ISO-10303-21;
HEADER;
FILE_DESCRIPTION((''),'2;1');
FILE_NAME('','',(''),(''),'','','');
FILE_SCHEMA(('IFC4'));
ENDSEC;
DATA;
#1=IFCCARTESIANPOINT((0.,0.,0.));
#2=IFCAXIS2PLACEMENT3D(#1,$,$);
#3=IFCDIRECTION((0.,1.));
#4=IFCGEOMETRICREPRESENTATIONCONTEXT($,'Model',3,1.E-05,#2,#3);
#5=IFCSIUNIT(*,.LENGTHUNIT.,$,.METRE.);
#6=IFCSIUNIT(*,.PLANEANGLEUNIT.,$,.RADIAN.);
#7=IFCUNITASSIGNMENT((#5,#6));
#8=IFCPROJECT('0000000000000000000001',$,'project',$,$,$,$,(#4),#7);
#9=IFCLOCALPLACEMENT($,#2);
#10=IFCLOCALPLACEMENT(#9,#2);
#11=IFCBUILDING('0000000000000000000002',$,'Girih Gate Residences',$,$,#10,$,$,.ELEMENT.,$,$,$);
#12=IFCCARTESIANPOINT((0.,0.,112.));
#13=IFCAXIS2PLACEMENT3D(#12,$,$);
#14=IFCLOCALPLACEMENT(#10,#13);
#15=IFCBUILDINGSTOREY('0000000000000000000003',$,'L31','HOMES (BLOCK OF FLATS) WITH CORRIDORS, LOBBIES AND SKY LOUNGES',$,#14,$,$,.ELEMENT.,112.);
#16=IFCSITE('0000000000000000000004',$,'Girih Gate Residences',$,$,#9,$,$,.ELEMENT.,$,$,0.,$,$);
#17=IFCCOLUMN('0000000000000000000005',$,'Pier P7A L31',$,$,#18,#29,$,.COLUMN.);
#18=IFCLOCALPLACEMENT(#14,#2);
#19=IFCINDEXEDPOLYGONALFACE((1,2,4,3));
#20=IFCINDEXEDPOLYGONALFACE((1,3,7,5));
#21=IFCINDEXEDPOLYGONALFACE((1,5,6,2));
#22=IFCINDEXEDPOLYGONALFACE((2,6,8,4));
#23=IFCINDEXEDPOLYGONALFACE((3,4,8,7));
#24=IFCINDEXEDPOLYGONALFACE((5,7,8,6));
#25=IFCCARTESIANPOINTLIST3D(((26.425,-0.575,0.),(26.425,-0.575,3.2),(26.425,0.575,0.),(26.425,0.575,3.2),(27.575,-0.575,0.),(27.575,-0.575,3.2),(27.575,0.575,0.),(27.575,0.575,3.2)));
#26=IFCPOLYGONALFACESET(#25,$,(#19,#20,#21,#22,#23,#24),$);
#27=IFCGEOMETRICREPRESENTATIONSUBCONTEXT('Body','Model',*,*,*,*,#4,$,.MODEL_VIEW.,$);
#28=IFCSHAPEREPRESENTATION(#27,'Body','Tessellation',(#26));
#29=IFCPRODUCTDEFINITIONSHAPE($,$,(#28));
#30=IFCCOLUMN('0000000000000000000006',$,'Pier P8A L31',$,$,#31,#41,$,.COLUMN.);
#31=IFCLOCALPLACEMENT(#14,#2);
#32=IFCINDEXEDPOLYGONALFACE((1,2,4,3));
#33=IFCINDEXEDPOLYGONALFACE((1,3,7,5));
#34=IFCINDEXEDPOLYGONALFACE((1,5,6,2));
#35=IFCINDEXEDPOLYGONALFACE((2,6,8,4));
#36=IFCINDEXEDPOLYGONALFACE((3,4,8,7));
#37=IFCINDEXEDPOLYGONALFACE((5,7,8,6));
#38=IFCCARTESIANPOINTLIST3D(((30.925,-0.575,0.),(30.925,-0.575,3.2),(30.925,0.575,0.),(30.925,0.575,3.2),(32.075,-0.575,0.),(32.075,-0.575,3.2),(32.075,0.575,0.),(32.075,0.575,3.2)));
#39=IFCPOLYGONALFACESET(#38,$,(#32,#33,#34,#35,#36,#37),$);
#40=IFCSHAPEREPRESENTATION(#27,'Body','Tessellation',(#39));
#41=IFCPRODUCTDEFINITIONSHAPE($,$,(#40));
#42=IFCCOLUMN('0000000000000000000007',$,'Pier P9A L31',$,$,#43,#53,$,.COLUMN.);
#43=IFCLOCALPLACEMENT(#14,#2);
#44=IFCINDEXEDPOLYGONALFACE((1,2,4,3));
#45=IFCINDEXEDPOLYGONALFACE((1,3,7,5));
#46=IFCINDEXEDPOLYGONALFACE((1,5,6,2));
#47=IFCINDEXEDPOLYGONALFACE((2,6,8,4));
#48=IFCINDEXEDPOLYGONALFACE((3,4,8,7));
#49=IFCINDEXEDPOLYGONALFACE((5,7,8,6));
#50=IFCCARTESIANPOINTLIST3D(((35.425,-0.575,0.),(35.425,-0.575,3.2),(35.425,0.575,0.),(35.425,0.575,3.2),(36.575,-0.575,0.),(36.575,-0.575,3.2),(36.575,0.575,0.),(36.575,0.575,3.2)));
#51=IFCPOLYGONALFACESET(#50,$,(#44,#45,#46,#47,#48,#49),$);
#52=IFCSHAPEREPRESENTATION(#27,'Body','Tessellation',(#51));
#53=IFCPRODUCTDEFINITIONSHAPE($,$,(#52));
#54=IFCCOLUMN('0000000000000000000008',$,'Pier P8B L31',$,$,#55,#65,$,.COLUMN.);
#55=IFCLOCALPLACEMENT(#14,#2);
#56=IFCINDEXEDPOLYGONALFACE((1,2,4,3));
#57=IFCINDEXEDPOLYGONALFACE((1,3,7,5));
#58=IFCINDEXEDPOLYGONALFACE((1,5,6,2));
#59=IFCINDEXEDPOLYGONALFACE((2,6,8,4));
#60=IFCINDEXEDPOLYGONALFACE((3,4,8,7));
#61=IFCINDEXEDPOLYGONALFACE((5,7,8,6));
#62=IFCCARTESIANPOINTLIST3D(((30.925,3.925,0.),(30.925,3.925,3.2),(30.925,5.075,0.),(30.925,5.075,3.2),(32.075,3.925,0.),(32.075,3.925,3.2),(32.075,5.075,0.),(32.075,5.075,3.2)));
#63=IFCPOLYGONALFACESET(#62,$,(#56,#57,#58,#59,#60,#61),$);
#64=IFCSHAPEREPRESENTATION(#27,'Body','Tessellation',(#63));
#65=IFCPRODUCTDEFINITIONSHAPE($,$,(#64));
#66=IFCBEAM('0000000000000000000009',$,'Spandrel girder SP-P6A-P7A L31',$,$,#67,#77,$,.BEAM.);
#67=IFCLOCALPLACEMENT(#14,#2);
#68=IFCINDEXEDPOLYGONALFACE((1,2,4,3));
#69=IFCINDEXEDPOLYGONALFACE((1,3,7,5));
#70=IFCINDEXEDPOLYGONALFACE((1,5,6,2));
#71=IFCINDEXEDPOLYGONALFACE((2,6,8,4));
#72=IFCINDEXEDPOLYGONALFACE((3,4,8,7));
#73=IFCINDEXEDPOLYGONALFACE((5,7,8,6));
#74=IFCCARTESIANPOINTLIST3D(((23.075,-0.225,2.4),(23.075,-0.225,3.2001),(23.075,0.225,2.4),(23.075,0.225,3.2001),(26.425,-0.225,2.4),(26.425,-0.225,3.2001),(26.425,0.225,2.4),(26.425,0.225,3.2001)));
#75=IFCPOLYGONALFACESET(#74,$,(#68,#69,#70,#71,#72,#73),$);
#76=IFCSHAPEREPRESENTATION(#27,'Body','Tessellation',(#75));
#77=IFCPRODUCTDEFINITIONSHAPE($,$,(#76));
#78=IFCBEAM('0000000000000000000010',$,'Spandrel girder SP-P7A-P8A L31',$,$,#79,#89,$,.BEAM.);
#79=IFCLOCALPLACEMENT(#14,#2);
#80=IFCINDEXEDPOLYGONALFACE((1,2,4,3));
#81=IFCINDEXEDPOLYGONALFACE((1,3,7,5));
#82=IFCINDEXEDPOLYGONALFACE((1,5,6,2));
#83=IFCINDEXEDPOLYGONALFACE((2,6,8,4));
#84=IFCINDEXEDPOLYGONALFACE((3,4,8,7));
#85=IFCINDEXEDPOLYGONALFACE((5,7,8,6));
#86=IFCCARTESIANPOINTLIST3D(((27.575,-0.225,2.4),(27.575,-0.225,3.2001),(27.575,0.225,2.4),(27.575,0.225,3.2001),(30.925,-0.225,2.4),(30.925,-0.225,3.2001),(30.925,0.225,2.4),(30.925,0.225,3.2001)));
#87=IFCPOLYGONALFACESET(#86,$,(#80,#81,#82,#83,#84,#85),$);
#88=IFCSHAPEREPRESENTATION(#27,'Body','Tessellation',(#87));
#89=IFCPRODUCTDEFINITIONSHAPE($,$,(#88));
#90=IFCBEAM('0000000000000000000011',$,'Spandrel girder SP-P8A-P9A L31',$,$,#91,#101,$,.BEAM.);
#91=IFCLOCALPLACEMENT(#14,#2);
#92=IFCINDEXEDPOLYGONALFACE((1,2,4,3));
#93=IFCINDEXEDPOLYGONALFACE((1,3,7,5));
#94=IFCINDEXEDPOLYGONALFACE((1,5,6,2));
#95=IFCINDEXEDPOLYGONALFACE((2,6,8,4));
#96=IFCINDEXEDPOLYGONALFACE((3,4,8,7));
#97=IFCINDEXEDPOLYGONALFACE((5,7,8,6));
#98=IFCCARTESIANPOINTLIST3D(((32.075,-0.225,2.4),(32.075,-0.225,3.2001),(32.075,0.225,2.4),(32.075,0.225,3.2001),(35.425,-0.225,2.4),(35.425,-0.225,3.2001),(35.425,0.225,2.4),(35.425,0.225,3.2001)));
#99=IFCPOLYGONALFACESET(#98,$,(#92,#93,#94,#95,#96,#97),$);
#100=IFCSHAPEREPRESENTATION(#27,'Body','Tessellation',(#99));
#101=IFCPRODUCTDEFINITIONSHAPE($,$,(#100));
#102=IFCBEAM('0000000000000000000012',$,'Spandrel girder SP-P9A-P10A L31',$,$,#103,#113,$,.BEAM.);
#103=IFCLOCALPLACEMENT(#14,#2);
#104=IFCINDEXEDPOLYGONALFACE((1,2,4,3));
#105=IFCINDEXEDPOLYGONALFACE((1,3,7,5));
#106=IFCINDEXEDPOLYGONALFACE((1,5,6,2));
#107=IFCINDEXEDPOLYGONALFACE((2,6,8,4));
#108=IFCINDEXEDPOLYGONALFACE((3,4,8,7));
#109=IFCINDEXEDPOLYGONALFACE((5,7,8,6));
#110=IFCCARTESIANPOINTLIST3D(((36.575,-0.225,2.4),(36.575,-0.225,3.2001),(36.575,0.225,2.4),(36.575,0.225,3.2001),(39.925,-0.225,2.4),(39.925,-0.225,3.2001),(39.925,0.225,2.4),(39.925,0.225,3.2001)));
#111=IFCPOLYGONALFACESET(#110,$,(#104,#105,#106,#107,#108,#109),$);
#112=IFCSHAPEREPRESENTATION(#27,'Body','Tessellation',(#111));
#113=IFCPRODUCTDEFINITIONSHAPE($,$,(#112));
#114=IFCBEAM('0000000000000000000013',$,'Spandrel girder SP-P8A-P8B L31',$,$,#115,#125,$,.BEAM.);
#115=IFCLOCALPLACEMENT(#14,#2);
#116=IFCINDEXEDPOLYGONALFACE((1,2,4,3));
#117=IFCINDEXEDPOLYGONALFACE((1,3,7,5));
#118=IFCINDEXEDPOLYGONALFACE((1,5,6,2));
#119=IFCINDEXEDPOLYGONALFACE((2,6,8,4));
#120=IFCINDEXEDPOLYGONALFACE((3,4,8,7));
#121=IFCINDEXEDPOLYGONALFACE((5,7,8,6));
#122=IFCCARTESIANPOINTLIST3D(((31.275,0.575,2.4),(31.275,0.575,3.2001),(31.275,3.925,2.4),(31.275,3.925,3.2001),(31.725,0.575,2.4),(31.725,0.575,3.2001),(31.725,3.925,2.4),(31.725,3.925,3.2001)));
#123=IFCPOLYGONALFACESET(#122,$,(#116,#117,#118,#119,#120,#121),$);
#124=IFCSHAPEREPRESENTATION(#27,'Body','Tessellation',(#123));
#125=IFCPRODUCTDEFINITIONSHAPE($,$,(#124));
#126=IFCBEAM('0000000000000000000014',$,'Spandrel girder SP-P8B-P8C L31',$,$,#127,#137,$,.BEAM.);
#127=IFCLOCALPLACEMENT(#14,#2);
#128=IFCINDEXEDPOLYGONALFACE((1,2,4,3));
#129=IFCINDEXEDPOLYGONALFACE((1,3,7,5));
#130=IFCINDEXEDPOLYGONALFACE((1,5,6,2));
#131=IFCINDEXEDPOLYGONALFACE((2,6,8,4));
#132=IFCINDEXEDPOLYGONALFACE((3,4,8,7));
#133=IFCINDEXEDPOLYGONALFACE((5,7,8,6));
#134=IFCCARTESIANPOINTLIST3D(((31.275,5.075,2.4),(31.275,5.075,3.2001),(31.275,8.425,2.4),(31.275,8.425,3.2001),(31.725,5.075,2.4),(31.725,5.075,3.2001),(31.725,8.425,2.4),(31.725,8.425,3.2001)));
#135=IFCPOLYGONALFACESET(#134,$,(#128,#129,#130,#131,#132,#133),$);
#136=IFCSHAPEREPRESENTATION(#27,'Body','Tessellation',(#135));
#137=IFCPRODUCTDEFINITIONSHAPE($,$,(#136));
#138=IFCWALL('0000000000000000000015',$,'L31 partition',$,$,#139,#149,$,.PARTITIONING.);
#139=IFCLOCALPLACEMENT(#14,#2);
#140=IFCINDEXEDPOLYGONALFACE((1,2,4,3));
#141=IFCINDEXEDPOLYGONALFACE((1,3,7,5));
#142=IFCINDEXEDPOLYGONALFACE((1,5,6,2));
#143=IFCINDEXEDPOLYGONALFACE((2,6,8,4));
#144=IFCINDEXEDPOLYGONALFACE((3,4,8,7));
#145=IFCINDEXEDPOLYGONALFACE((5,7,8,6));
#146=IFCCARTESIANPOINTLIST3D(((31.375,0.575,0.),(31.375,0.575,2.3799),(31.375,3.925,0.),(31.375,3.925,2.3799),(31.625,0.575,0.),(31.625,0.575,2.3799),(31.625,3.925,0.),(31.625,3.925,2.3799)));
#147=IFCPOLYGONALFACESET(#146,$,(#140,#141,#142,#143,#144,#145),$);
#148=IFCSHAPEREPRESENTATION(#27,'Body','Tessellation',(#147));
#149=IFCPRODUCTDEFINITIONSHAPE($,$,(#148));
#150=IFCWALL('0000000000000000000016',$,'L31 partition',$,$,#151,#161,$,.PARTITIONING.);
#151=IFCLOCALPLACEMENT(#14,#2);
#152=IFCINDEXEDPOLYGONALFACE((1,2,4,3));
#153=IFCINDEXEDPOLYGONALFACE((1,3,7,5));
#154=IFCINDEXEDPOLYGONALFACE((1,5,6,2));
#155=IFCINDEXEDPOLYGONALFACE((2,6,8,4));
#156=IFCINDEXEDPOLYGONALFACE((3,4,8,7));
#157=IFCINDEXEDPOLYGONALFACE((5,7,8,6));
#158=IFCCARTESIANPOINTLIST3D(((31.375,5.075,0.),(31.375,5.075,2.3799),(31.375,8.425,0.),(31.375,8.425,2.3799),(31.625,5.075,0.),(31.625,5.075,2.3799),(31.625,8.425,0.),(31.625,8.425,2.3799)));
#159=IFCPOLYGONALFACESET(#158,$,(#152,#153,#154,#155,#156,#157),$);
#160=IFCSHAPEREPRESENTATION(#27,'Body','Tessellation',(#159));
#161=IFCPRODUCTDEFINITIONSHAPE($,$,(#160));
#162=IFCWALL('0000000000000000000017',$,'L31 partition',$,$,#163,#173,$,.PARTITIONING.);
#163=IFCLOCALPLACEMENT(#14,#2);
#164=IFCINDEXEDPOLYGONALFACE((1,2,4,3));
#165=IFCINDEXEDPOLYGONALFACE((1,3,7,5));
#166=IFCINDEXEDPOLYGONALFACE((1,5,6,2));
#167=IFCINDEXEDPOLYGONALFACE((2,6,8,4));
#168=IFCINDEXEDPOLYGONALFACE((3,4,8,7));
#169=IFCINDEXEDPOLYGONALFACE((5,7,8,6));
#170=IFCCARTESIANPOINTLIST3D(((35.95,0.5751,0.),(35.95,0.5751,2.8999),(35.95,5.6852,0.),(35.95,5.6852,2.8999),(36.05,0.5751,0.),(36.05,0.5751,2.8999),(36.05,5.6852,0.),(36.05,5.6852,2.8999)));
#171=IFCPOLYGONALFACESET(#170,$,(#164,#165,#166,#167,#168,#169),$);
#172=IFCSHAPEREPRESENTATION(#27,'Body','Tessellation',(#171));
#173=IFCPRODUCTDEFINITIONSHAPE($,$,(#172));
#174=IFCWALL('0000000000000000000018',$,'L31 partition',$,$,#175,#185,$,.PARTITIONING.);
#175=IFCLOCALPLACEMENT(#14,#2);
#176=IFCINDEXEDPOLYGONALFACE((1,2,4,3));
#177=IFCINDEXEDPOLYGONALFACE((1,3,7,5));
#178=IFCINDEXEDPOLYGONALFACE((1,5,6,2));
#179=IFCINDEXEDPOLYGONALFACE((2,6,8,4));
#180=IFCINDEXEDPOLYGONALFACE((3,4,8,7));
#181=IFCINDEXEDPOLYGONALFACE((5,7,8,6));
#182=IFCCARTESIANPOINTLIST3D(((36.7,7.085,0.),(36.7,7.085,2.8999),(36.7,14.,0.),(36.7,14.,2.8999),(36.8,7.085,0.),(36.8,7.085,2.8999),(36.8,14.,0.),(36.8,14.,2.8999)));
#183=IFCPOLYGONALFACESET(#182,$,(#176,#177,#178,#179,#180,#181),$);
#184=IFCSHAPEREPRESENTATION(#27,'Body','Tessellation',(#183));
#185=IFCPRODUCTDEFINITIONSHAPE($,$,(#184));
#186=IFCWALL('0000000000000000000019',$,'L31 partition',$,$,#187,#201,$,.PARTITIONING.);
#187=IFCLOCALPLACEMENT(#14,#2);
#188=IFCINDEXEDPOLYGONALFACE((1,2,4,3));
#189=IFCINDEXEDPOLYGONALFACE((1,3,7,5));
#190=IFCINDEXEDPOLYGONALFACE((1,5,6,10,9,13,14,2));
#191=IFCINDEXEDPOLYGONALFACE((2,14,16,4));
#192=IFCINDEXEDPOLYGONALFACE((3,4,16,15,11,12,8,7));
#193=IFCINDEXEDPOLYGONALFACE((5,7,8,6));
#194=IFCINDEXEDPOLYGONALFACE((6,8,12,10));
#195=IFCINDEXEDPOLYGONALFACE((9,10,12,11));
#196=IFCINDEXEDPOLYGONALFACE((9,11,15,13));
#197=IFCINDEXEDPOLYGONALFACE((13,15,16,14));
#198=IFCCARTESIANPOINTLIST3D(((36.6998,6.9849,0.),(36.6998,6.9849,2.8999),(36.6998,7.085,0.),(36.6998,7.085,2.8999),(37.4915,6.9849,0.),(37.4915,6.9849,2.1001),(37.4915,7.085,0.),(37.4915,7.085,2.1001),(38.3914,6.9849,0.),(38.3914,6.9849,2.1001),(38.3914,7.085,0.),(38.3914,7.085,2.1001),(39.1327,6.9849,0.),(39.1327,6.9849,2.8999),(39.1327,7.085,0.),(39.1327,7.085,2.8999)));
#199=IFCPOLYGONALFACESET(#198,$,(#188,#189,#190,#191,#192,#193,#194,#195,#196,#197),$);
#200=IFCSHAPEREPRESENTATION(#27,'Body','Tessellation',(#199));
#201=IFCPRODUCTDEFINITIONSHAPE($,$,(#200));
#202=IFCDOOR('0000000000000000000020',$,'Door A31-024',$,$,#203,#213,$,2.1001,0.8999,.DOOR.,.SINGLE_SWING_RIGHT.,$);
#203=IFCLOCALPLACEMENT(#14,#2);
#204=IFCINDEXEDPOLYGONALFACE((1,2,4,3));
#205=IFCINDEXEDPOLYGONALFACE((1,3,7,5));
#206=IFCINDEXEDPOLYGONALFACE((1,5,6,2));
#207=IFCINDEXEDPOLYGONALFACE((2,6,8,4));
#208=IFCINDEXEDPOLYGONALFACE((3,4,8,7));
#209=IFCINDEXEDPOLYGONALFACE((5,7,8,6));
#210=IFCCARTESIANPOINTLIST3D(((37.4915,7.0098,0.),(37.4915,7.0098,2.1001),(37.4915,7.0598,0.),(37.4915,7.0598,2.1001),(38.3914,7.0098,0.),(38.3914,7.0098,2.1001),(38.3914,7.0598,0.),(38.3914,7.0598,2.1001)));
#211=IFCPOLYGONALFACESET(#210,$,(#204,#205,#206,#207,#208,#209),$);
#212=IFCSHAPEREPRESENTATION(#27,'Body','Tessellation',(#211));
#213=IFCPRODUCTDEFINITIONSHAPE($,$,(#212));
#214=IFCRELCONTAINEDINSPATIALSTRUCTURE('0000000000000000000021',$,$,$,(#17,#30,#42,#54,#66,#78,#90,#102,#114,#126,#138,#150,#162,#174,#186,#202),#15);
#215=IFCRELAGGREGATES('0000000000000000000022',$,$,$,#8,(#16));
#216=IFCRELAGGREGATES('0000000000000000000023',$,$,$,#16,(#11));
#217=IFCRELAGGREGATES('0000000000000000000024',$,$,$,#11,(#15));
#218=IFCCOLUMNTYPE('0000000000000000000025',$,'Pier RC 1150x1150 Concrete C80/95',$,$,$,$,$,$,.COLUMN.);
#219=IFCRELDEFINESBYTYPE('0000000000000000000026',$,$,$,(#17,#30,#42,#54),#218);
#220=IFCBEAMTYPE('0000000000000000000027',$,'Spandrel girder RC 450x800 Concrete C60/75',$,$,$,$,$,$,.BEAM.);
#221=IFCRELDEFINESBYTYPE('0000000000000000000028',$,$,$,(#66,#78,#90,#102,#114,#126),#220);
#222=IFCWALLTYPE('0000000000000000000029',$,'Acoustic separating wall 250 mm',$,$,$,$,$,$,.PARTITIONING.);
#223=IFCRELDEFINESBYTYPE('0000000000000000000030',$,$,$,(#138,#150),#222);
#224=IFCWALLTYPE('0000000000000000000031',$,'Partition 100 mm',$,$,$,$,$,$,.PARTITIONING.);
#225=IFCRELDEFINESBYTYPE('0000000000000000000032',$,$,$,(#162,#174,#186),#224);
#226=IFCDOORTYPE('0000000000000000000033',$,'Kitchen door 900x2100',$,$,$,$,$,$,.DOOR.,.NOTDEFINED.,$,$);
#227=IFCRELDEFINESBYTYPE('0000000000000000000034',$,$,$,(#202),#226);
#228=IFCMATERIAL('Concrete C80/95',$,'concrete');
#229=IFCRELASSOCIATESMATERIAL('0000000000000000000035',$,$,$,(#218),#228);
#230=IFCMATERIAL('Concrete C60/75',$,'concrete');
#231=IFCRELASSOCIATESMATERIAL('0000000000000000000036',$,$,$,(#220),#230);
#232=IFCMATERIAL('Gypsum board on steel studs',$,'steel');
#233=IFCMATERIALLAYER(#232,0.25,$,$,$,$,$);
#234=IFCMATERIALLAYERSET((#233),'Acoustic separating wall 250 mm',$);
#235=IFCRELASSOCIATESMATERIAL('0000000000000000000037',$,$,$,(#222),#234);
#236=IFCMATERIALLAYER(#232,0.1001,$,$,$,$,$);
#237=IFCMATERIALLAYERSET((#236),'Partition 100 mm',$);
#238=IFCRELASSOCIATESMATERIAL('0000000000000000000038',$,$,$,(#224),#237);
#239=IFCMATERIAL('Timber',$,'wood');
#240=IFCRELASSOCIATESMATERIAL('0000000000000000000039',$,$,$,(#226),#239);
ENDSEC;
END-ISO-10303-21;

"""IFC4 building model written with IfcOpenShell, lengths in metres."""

from ifc_helpers import new_model, si_unit, direction, frame, frame_2d, origin, origin_2d, place, context, subcontext, project, spatial, rectangle, extrude, material, layer, layer_set, material_profile, profile_set, type_object, element, fill, save


model = new_model("IFC4")

# Units and contexts
model_context = context("Model", 3, precision=1e-05, world=origin(), true_north=direction((0.0, 1.0)))
body_context = subcontext(model_context, "Body", "Model", "MODEL_VIEW")
ifc_project = project(units=[si_unit("LENGTHUNIT", "METRE"), si_unit("PLANEANGLEUNIT", "RADIAN")], contexts=[model_context])

# Site, building, storey
site_placement = place(None, origin())
site = spatial("IfcSite", under=ifc_project, at=site_placement, Name="Girih Gate Residences", CompositionType="ELEMENT", RefElevation=0.0)
building_placement = place(site_placement, origin())
building = spatial("IfcBuilding", under=site, at=building_placement, Name="Girih Gate Residences", CompositionType="ELEMENT")
storey_placement = place(building_placement, frame((0.0, 0.0, 112.0)))
storey = spatial("IfcBuildingStorey", under=building, at=storey_placement, Name="L31", Description="HOMES (BLOCK OF FLATS) WITH CORRIDORS, LOBBIES AND SKY LOUNGES", CompositionType="ELEMENT", Elevation=112.0)

# Columns
ifc_material_1 = material(Name="Concrete C80/95", Category="concrete")
ifc_material_profile_1 = material_profile(ifc_material_1, rectangle(XDim=1.1499, YDim=1.1499, at=origin_2d()))
ifc_profile_set_1 = profile_set([ifc_material_profile_1], Name="Concrete C80/95")
column_type = type_object("IfcColumnType", Name="Pier RC 1150x1150 Concrete C80/95", PredefinedType="COLUMN", material=ifc_profile_set_1)
for number, where, z_axis, x_axis, name in (
    (1, (27.0, 0.0, 0.0), (0.0, 0.0, 1.0), (1.0, 0.0, 0.0), "Pier P7A L31"),
    (2, (31.5, 0.0, 0.0), (0.0, 0.0, 1.0), (1.0, 0.0, 0.0), "Pier P8A L31"),
    (3, (36.0, 0.0, 0.0), (0.0, 0.0, 1.0), (1.0, 0.0, 0.0), "Pier P9A L31"),
    (4, (31.5, 4.5, 0.0), (0.0, 0.0, 1.0), (1.0, 0.0, 0.0), "Pier P8B L31"),
):
    element("IfcColumn", number, at=place(storey_placement, frame(where, z_axis=z_axis, x_axis=x_axis)), inside=storey, type_object=column_type, Name=name, PredefinedType="COLUMN", context=body_context, shape_type="SweptSolid", body=[
        extrude(rectangle(XDim=1.1499, YDim=1.1499, at=origin_2d()), origin(), (0.0, 0.0, 1.0), 3.2),
    ])

# Beams
ifc_material_2 = material(Name="Concrete C60/75", Category="concrete")
ifc_material_profile_2 = material_profile(ifc_material_2, rectangle(XDim=0.45, YDim=0.8, at=origin_2d()))
ifc_profile_set_2 = profile_set([ifc_material_profile_2], Name="Concrete C60/75")
beam_type = type_object("IfcBeamType", Name="Spandrel girder RC 450x800 Concrete C60/75", PredefinedType="BEAM", material=ifc_profile_set_2)
for number, where, z_axis, x_axis, name in (
    (5, (23.075, 0.0, 2.8), (1.0, 0.0, 0.0), (0.0, 1.0, 0.0), "Spandrel girder SP-P6A-P7A L31"),
    (6, (27.575, 0.0, 2.8), (1.0, 0.0, 0.0), (0.0, 1.0, 0.0), "Spandrel girder SP-P7A-P8A L31"),
    (7, (32.075, 0.0, 2.8), (1.0, 0.0, 0.0), (0.0, 1.0, 0.0), "Spandrel girder SP-P8A-P9A L31"),
    (8, (36.575, 0.0, 2.8), (1.0, 0.0, 0.0), (0.0, 1.0, 0.0), "Spandrel girder SP-P9A-P10A L31"),
    (9, (31.5, 0.575, 2.8), (0.0, 1.0, 0.0), (-1.0, 0.0, 0.0), "Spandrel girder SP-P8A-P8B L31"),
    (10, (31.5, 5.075, 2.8), (0.0, 1.0, 0.0), (-1.0, 0.0, 0.0), "Spandrel girder SP-P8B-P8C L31"),
):
    element("IfcBeam", number, at=place(storey_placement, frame(where, z_axis=z_axis, x_axis=x_axis)), inside=storey, type_object=beam_type, Name=name, PredefinedType="BEAM", context=body_context, shape_type="SweptSolid", body=[
        extrude(rectangle(XDim=0.45, YDim=0.8, at=origin_2d()), origin(), (0.0, 0.0, 1.0), 3.3501),
    ])

# Walls
ifc_material_3 = material(Name="Gypsum board on steel studs", Category="steel")
ifc_layer_1 = layer(ifc_material_3, 0.25)
ifc_layer_set_1 = layer_set([ifc_layer_1], Name="Acoustic separating wall 250 mm")
wall_type_1 = type_object("IfcWallType", Name="Acoustic separating wall 250 mm", PredefinedType="PARTITIONING", material=ifc_layer_set_1)
for number, where, z_axis, x_axis, name in (
    (11, (31.5, 0.575, 0.0), (0.0, 0.0, 1.0), (0.0, 1.0, 0.0), "L31 partition"),
    (12, (31.5, 5.075, 0.0), (0.0, 0.0, 1.0), (0.0, 1.0, 0.0), "L31 partition"),
):
    element("IfcWall", number, at=place(storey_placement, frame(where, z_axis=z_axis, x_axis=x_axis)), inside=storey, type_object=wall_type_1, Name=name, PredefinedType="PARTITIONING", context=body_context, shape_type="SweptSolid", body=[
        extrude(rectangle(XDim=3.3501, YDim=0.25, at=frame_2d((1.675, 0.0))), origin(), (0.0, 0.0, 1.0), 2.3799),
    ])
ifc_layer_2 = layer(ifc_material_3, 0.1001)
ifc_layer_set_2 = layer_set([ifc_layer_2], Name="Partition 100 mm")
wall_type_2 = type_object("IfcWallType", Name="Partition 100 mm", PredefinedType="PARTITIONING", material=ifc_layer_set_2)
wall_1_placement = place(storey_placement, frame((36.0, 0.575, 0.0), z_axis=(0.0, 0.0, 1.0), x_axis=(0.0, 1.0, 0.0)))
element("IfcWall", 13, at=wall_1_placement, inside=storey, type_object=wall_type_2, Name="L31 partition", PredefinedType="PARTITIONING", context=body_context, shape_type="SweptSolid", body=[
    extrude(rectangle(XDim=5.1101, YDim=0.1001, at=frame_2d((2.5552, 0.0))), origin(), (0.0, 0.0, 1.0), 2.8999),
])
wall_2_placement = place(storey_placement, frame((36.75, 7.085, 0.0), z_axis=(0.0, 0.0, 1.0), x_axis=(0.0, 1.0, 0.0)))
element("IfcWall", 14, at=wall_2_placement, inside=storey, type_object=wall_type_2, Name="L31 partition", PredefinedType="PARTITIONING", context=body_context, shape_type="SweptSolid", body=[
    extrude(rectangle(XDim=6.915, YDim=0.1001, at=frame_2d((3.4575, 0.0))), origin(), (0.0, 0.0, 1.0), 2.8999),
])

# Wall, opening, door
wall_3_placement = place(storey_placement, frame((36.7, 7.0349, 0.0), z_axis=(0.0, 0.0, 1.0), x_axis=(1.0, 0.0, 0.0)))
wall_3 = element("IfcWall", 15, at=wall_3_placement, inside=storey, type_object=wall_type_2, Name="L31 partition", PredefinedType="PARTITIONING", context=body_context, shape_type="SweptSolid", body=[
    extrude(rectangle(XDim=2.4329, YDim=0.1001, at=frame_2d((1.2163, 0.0))), origin(), (0.0, 0.0, 1.0), 2.8999),
])
opening_1_placement = place(wall_3_placement, frame((0.7915, 0.0, 0.0)))
opening_1 = element("IfcOpeningElement", 16, at=opening_1_placement, cuts=wall_3, PredefinedType="OPENING", context=body_context, shape_type="SweptSolid", body=[
    extrude(rectangle(XDim=0.8999, YDim=2.1001, at=frame_2d((0.45, 1.05))), frame((0.0, 0.0601, 0.0), z_axis=(0.0, -1.0, 0.0), x_axis=(1.0, 0.0, 0.0)), (0.0, 0.0, 1.0), 0.1201),
])
ifc_material_4 = material(Name="Timber", Category="wood")
door_type_1 = type_object("IfcDoorType", Name="Kitchen door 900x2100", OperationType="NOTDEFINED", PredefinedType="DOOR", material=ifc_material_4)
door_1_placement = place(opening_1_placement, origin())
door_1 = element("IfcDoor", 17, at=door_1_placement, inside=storey, type_object=door_type_1, Name="Door A31-024", OperationType="SINGLE_SWING_RIGHT", OverallHeight=2.1001, OverallWidth=0.8999, PredefinedType="DOOR", context=body_context, shape_type="SweptSolid", body=[
    extrude(rectangle(XDim=0.8999, YDim=2.1001, at=frame_2d((0.45, 1.05))), frame((0.0, 0.0249, 0.0), z_axis=(0.0, -1.0, 0.0), x_axis=(1.0, 0.0, 0.0)), (0.0, 0.0, 1.0), 0.05),
])
fill(opening_1, door_1)

save(model, "model.ifc")
